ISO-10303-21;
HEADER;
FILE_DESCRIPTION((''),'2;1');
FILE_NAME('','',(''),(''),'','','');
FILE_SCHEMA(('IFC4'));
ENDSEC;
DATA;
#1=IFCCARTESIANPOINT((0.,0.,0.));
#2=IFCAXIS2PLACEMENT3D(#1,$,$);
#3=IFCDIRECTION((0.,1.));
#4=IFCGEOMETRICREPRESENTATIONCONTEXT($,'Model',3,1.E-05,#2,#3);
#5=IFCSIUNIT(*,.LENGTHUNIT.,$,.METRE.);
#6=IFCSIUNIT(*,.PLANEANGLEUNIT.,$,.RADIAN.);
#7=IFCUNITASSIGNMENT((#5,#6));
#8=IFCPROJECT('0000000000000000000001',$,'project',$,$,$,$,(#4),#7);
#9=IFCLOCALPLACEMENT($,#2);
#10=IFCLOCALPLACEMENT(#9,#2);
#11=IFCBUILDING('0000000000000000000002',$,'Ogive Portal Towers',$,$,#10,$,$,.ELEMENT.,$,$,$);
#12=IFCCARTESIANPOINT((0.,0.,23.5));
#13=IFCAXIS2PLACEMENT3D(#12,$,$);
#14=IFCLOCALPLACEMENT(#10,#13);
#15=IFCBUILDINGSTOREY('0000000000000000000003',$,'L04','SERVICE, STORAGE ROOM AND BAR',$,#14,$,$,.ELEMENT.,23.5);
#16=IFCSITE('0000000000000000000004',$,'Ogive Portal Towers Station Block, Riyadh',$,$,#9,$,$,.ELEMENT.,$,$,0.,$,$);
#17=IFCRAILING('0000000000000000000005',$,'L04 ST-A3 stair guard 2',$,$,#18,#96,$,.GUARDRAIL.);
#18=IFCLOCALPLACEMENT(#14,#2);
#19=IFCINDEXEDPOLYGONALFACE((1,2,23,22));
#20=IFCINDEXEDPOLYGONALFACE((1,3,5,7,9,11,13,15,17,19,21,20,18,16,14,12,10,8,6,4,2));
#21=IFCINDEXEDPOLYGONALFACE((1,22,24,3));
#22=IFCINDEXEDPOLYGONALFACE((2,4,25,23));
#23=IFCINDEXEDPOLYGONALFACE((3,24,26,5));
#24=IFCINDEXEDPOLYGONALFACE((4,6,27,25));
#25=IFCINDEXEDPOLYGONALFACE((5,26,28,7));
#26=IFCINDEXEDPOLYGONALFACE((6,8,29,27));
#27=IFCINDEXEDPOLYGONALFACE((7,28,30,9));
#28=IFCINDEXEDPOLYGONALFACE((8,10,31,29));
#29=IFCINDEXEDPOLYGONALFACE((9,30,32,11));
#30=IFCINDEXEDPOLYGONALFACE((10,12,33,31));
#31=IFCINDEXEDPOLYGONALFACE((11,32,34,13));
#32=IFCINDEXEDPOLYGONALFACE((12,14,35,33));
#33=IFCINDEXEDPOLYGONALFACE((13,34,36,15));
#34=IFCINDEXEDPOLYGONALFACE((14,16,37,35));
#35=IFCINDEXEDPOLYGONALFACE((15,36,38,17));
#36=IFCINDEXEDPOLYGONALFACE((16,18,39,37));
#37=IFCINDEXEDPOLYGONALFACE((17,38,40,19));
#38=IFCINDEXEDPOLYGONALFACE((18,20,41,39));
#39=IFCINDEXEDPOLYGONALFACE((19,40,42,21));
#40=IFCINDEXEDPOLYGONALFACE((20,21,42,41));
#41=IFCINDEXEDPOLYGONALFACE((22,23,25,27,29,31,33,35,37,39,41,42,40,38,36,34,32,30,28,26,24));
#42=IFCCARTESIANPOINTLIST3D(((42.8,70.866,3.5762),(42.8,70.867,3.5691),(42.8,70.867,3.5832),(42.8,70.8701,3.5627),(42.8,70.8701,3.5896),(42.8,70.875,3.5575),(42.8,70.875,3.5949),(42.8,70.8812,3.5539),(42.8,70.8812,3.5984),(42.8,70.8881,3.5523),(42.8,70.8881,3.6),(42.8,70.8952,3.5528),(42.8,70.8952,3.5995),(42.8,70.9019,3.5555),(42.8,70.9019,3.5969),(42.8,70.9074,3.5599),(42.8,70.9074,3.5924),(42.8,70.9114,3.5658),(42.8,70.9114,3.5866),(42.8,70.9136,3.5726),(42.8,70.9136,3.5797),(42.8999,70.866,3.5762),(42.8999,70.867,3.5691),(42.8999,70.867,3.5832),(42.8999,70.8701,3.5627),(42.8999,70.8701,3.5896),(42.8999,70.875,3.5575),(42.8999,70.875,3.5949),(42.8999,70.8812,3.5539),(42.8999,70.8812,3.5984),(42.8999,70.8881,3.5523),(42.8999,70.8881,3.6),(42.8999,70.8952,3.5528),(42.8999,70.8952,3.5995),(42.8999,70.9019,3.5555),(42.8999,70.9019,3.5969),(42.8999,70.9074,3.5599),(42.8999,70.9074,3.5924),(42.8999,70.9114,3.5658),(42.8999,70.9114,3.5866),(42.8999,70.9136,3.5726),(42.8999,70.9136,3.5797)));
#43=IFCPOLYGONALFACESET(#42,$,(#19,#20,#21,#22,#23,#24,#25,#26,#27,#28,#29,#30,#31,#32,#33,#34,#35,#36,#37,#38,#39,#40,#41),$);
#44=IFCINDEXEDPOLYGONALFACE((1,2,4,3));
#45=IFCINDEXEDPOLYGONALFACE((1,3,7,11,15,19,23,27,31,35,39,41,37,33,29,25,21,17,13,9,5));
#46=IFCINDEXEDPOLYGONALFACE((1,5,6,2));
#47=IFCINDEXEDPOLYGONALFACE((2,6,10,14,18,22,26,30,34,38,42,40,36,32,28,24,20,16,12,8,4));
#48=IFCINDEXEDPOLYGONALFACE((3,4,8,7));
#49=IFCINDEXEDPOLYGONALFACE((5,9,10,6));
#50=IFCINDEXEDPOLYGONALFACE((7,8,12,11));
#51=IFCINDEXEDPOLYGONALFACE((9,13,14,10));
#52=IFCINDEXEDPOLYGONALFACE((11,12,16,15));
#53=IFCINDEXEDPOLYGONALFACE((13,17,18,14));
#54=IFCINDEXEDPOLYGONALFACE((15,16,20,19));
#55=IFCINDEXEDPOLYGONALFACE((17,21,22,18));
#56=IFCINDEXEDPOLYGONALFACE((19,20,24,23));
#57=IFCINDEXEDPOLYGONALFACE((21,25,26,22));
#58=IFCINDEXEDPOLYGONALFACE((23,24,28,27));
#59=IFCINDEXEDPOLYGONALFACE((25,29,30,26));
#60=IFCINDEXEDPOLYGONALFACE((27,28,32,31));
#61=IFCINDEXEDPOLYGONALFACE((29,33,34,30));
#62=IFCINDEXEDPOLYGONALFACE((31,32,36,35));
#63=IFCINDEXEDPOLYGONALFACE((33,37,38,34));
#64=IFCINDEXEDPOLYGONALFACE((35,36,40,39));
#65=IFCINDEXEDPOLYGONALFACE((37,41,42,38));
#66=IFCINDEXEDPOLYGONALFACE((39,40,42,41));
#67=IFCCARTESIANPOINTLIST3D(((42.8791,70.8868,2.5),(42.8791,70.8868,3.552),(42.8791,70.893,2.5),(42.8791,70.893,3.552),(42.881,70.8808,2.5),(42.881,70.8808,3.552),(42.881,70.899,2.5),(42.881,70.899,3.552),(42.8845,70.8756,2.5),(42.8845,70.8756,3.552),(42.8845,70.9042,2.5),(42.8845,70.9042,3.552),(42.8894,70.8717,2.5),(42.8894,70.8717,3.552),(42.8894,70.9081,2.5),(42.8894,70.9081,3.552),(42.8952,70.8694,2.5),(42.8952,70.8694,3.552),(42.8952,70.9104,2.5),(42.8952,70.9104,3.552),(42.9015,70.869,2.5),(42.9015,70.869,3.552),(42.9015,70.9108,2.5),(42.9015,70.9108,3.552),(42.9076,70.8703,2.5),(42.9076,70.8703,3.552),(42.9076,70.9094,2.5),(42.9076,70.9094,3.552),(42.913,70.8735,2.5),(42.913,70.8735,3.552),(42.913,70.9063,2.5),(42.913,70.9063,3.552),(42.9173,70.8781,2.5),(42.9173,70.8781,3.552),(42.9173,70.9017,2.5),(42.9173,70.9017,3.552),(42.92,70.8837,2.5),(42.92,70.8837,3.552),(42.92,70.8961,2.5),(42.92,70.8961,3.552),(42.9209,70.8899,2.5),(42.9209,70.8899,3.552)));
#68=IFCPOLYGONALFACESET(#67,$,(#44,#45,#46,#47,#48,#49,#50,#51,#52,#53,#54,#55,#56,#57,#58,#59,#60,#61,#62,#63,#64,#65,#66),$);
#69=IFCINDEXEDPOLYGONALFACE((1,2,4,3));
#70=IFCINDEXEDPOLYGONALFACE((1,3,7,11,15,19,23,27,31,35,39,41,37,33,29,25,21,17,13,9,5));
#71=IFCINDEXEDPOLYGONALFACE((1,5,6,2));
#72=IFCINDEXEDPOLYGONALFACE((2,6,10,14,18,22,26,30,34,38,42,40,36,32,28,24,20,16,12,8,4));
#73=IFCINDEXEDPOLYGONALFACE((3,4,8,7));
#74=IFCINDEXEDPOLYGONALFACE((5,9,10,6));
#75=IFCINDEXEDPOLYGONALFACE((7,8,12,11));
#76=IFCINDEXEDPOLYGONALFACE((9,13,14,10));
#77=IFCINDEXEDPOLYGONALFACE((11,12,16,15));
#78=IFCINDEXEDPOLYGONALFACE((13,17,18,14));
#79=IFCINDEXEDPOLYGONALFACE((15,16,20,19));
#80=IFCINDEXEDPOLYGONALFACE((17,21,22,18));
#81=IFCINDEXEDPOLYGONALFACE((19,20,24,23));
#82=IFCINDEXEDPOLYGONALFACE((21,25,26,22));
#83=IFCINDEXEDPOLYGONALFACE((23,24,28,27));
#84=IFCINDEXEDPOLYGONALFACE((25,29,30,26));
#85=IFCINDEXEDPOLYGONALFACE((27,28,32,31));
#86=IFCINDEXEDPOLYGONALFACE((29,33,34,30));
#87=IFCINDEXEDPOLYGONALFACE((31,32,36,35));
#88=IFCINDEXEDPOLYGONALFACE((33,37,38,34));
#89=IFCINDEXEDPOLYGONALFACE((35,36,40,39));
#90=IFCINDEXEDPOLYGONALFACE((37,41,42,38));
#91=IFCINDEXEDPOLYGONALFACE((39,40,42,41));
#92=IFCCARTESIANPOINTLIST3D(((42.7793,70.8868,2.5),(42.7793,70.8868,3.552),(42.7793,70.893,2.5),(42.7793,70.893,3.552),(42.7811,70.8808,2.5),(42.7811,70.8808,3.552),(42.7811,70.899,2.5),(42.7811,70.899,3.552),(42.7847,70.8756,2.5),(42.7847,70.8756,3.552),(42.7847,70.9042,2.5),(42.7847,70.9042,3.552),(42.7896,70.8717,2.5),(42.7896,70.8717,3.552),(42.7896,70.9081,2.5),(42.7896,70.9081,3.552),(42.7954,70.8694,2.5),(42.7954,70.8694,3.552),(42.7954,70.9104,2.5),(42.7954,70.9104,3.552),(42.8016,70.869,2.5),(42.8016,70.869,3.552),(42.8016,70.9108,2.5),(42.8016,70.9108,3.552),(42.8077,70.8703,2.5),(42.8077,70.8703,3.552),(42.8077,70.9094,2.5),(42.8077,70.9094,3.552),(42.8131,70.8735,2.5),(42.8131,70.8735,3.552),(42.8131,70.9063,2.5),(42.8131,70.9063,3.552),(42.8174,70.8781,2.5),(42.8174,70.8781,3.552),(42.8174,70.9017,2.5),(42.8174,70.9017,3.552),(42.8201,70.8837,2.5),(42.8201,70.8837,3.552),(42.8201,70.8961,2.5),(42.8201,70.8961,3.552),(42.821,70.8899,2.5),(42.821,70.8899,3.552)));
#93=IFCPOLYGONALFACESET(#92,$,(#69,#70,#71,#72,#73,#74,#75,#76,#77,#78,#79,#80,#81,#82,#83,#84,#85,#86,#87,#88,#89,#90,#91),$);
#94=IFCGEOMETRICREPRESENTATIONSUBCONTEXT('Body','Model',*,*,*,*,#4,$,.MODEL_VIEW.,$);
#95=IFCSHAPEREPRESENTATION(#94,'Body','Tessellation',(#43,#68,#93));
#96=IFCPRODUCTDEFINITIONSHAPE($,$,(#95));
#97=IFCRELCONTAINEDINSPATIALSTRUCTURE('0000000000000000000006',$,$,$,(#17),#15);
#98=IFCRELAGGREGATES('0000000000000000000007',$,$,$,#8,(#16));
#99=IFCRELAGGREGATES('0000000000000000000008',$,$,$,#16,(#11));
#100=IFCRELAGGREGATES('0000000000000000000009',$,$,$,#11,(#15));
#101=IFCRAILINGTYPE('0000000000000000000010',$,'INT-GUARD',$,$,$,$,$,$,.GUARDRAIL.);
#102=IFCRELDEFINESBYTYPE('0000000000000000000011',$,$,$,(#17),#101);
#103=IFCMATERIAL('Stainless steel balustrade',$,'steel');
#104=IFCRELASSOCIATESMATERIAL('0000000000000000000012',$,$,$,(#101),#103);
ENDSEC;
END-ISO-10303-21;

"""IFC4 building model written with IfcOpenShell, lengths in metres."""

from ifc_helpers import new_model, si_unit, direction, frame, origin, origin_2d, place, context, subcontext, project, spatial, circle, extrude, material, type_object, element, save


model = new_model("IFC4")

# Units and contexts
model_context = context("Model", 3, precision=1e-05, world=origin(), true_north=direction((0.0, 1.0)))
body_context = subcontext(model_context, "Body", "Model", "MODEL_VIEW")
ifc_project = project(units=[si_unit("LENGTHUNIT", "METRE"), si_unit("PLANEANGLEUNIT", "RADIAN")], contexts=[model_context])

# Site, building, storey
site_placement = place(None, origin())
site = spatial("IfcSite", under=ifc_project, at=site_placement, Name="Ogive Portal Towers Station Block, Riyadh", CompositionType="ELEMENT", RefElevation=0.0)
building_placement = place(site_placement, origin())
building = spatial("IfcBuilding", under=site, at=building_placement, Name="Ogive Portal Towers", CompositionType="ELEMENT")
storey_placement = place(building_placement, frame((0.0, 0.0, 23.5)))
storey = spatial("IfcBuildingStorey", under=building, at=storey_placement, Name="L04", Description="SERVICE, STORAGE ROOM AND BAR", CompositionType="ELEMENT", Elevation=23.5)

# Railing
ifc_material_1 = material(Name="Stainless steel balustrade", Category="steel")
railing_type_1 = type_object("IfcRailingType", Name="INT-GUARD", PredefinedType="GUARDRAIL", material=ifc_material_1)
railing_1_placement = place(storey_placement, frame((42.8999, 70.8899, 2.5)))
element("IfcRailing", 1, at=railing_1_placement, inside=storey, type_object=railing_type_1, Name="L04 ST-A3 stair guard 2", PredefinedType="GUARDRAIL", context=body_context, shape_type="SweptSolid", body=[
    extrude(circle(Radius=0.0239, at=origin_2d()), frame((0.0, 0.0, 1.0762), z_axis=(-1.0, 0.0, 0.0), x_axis=(0.0, -1.0, 0.0)), (0.0, 0.0, 1.0), 0.0999),
    extrude(circle(Radius=0.021, at=origin_2d()), origin(), (0.0, 0.0, 1.0), 1.052),
    extrude(circle(Radius=0.021, at=origin_2d()), frame((-0.0999, 0.0, 0.0)), (0.0, 0.0, 1.0), 1.052),
])

save(model, "model.ifc")
